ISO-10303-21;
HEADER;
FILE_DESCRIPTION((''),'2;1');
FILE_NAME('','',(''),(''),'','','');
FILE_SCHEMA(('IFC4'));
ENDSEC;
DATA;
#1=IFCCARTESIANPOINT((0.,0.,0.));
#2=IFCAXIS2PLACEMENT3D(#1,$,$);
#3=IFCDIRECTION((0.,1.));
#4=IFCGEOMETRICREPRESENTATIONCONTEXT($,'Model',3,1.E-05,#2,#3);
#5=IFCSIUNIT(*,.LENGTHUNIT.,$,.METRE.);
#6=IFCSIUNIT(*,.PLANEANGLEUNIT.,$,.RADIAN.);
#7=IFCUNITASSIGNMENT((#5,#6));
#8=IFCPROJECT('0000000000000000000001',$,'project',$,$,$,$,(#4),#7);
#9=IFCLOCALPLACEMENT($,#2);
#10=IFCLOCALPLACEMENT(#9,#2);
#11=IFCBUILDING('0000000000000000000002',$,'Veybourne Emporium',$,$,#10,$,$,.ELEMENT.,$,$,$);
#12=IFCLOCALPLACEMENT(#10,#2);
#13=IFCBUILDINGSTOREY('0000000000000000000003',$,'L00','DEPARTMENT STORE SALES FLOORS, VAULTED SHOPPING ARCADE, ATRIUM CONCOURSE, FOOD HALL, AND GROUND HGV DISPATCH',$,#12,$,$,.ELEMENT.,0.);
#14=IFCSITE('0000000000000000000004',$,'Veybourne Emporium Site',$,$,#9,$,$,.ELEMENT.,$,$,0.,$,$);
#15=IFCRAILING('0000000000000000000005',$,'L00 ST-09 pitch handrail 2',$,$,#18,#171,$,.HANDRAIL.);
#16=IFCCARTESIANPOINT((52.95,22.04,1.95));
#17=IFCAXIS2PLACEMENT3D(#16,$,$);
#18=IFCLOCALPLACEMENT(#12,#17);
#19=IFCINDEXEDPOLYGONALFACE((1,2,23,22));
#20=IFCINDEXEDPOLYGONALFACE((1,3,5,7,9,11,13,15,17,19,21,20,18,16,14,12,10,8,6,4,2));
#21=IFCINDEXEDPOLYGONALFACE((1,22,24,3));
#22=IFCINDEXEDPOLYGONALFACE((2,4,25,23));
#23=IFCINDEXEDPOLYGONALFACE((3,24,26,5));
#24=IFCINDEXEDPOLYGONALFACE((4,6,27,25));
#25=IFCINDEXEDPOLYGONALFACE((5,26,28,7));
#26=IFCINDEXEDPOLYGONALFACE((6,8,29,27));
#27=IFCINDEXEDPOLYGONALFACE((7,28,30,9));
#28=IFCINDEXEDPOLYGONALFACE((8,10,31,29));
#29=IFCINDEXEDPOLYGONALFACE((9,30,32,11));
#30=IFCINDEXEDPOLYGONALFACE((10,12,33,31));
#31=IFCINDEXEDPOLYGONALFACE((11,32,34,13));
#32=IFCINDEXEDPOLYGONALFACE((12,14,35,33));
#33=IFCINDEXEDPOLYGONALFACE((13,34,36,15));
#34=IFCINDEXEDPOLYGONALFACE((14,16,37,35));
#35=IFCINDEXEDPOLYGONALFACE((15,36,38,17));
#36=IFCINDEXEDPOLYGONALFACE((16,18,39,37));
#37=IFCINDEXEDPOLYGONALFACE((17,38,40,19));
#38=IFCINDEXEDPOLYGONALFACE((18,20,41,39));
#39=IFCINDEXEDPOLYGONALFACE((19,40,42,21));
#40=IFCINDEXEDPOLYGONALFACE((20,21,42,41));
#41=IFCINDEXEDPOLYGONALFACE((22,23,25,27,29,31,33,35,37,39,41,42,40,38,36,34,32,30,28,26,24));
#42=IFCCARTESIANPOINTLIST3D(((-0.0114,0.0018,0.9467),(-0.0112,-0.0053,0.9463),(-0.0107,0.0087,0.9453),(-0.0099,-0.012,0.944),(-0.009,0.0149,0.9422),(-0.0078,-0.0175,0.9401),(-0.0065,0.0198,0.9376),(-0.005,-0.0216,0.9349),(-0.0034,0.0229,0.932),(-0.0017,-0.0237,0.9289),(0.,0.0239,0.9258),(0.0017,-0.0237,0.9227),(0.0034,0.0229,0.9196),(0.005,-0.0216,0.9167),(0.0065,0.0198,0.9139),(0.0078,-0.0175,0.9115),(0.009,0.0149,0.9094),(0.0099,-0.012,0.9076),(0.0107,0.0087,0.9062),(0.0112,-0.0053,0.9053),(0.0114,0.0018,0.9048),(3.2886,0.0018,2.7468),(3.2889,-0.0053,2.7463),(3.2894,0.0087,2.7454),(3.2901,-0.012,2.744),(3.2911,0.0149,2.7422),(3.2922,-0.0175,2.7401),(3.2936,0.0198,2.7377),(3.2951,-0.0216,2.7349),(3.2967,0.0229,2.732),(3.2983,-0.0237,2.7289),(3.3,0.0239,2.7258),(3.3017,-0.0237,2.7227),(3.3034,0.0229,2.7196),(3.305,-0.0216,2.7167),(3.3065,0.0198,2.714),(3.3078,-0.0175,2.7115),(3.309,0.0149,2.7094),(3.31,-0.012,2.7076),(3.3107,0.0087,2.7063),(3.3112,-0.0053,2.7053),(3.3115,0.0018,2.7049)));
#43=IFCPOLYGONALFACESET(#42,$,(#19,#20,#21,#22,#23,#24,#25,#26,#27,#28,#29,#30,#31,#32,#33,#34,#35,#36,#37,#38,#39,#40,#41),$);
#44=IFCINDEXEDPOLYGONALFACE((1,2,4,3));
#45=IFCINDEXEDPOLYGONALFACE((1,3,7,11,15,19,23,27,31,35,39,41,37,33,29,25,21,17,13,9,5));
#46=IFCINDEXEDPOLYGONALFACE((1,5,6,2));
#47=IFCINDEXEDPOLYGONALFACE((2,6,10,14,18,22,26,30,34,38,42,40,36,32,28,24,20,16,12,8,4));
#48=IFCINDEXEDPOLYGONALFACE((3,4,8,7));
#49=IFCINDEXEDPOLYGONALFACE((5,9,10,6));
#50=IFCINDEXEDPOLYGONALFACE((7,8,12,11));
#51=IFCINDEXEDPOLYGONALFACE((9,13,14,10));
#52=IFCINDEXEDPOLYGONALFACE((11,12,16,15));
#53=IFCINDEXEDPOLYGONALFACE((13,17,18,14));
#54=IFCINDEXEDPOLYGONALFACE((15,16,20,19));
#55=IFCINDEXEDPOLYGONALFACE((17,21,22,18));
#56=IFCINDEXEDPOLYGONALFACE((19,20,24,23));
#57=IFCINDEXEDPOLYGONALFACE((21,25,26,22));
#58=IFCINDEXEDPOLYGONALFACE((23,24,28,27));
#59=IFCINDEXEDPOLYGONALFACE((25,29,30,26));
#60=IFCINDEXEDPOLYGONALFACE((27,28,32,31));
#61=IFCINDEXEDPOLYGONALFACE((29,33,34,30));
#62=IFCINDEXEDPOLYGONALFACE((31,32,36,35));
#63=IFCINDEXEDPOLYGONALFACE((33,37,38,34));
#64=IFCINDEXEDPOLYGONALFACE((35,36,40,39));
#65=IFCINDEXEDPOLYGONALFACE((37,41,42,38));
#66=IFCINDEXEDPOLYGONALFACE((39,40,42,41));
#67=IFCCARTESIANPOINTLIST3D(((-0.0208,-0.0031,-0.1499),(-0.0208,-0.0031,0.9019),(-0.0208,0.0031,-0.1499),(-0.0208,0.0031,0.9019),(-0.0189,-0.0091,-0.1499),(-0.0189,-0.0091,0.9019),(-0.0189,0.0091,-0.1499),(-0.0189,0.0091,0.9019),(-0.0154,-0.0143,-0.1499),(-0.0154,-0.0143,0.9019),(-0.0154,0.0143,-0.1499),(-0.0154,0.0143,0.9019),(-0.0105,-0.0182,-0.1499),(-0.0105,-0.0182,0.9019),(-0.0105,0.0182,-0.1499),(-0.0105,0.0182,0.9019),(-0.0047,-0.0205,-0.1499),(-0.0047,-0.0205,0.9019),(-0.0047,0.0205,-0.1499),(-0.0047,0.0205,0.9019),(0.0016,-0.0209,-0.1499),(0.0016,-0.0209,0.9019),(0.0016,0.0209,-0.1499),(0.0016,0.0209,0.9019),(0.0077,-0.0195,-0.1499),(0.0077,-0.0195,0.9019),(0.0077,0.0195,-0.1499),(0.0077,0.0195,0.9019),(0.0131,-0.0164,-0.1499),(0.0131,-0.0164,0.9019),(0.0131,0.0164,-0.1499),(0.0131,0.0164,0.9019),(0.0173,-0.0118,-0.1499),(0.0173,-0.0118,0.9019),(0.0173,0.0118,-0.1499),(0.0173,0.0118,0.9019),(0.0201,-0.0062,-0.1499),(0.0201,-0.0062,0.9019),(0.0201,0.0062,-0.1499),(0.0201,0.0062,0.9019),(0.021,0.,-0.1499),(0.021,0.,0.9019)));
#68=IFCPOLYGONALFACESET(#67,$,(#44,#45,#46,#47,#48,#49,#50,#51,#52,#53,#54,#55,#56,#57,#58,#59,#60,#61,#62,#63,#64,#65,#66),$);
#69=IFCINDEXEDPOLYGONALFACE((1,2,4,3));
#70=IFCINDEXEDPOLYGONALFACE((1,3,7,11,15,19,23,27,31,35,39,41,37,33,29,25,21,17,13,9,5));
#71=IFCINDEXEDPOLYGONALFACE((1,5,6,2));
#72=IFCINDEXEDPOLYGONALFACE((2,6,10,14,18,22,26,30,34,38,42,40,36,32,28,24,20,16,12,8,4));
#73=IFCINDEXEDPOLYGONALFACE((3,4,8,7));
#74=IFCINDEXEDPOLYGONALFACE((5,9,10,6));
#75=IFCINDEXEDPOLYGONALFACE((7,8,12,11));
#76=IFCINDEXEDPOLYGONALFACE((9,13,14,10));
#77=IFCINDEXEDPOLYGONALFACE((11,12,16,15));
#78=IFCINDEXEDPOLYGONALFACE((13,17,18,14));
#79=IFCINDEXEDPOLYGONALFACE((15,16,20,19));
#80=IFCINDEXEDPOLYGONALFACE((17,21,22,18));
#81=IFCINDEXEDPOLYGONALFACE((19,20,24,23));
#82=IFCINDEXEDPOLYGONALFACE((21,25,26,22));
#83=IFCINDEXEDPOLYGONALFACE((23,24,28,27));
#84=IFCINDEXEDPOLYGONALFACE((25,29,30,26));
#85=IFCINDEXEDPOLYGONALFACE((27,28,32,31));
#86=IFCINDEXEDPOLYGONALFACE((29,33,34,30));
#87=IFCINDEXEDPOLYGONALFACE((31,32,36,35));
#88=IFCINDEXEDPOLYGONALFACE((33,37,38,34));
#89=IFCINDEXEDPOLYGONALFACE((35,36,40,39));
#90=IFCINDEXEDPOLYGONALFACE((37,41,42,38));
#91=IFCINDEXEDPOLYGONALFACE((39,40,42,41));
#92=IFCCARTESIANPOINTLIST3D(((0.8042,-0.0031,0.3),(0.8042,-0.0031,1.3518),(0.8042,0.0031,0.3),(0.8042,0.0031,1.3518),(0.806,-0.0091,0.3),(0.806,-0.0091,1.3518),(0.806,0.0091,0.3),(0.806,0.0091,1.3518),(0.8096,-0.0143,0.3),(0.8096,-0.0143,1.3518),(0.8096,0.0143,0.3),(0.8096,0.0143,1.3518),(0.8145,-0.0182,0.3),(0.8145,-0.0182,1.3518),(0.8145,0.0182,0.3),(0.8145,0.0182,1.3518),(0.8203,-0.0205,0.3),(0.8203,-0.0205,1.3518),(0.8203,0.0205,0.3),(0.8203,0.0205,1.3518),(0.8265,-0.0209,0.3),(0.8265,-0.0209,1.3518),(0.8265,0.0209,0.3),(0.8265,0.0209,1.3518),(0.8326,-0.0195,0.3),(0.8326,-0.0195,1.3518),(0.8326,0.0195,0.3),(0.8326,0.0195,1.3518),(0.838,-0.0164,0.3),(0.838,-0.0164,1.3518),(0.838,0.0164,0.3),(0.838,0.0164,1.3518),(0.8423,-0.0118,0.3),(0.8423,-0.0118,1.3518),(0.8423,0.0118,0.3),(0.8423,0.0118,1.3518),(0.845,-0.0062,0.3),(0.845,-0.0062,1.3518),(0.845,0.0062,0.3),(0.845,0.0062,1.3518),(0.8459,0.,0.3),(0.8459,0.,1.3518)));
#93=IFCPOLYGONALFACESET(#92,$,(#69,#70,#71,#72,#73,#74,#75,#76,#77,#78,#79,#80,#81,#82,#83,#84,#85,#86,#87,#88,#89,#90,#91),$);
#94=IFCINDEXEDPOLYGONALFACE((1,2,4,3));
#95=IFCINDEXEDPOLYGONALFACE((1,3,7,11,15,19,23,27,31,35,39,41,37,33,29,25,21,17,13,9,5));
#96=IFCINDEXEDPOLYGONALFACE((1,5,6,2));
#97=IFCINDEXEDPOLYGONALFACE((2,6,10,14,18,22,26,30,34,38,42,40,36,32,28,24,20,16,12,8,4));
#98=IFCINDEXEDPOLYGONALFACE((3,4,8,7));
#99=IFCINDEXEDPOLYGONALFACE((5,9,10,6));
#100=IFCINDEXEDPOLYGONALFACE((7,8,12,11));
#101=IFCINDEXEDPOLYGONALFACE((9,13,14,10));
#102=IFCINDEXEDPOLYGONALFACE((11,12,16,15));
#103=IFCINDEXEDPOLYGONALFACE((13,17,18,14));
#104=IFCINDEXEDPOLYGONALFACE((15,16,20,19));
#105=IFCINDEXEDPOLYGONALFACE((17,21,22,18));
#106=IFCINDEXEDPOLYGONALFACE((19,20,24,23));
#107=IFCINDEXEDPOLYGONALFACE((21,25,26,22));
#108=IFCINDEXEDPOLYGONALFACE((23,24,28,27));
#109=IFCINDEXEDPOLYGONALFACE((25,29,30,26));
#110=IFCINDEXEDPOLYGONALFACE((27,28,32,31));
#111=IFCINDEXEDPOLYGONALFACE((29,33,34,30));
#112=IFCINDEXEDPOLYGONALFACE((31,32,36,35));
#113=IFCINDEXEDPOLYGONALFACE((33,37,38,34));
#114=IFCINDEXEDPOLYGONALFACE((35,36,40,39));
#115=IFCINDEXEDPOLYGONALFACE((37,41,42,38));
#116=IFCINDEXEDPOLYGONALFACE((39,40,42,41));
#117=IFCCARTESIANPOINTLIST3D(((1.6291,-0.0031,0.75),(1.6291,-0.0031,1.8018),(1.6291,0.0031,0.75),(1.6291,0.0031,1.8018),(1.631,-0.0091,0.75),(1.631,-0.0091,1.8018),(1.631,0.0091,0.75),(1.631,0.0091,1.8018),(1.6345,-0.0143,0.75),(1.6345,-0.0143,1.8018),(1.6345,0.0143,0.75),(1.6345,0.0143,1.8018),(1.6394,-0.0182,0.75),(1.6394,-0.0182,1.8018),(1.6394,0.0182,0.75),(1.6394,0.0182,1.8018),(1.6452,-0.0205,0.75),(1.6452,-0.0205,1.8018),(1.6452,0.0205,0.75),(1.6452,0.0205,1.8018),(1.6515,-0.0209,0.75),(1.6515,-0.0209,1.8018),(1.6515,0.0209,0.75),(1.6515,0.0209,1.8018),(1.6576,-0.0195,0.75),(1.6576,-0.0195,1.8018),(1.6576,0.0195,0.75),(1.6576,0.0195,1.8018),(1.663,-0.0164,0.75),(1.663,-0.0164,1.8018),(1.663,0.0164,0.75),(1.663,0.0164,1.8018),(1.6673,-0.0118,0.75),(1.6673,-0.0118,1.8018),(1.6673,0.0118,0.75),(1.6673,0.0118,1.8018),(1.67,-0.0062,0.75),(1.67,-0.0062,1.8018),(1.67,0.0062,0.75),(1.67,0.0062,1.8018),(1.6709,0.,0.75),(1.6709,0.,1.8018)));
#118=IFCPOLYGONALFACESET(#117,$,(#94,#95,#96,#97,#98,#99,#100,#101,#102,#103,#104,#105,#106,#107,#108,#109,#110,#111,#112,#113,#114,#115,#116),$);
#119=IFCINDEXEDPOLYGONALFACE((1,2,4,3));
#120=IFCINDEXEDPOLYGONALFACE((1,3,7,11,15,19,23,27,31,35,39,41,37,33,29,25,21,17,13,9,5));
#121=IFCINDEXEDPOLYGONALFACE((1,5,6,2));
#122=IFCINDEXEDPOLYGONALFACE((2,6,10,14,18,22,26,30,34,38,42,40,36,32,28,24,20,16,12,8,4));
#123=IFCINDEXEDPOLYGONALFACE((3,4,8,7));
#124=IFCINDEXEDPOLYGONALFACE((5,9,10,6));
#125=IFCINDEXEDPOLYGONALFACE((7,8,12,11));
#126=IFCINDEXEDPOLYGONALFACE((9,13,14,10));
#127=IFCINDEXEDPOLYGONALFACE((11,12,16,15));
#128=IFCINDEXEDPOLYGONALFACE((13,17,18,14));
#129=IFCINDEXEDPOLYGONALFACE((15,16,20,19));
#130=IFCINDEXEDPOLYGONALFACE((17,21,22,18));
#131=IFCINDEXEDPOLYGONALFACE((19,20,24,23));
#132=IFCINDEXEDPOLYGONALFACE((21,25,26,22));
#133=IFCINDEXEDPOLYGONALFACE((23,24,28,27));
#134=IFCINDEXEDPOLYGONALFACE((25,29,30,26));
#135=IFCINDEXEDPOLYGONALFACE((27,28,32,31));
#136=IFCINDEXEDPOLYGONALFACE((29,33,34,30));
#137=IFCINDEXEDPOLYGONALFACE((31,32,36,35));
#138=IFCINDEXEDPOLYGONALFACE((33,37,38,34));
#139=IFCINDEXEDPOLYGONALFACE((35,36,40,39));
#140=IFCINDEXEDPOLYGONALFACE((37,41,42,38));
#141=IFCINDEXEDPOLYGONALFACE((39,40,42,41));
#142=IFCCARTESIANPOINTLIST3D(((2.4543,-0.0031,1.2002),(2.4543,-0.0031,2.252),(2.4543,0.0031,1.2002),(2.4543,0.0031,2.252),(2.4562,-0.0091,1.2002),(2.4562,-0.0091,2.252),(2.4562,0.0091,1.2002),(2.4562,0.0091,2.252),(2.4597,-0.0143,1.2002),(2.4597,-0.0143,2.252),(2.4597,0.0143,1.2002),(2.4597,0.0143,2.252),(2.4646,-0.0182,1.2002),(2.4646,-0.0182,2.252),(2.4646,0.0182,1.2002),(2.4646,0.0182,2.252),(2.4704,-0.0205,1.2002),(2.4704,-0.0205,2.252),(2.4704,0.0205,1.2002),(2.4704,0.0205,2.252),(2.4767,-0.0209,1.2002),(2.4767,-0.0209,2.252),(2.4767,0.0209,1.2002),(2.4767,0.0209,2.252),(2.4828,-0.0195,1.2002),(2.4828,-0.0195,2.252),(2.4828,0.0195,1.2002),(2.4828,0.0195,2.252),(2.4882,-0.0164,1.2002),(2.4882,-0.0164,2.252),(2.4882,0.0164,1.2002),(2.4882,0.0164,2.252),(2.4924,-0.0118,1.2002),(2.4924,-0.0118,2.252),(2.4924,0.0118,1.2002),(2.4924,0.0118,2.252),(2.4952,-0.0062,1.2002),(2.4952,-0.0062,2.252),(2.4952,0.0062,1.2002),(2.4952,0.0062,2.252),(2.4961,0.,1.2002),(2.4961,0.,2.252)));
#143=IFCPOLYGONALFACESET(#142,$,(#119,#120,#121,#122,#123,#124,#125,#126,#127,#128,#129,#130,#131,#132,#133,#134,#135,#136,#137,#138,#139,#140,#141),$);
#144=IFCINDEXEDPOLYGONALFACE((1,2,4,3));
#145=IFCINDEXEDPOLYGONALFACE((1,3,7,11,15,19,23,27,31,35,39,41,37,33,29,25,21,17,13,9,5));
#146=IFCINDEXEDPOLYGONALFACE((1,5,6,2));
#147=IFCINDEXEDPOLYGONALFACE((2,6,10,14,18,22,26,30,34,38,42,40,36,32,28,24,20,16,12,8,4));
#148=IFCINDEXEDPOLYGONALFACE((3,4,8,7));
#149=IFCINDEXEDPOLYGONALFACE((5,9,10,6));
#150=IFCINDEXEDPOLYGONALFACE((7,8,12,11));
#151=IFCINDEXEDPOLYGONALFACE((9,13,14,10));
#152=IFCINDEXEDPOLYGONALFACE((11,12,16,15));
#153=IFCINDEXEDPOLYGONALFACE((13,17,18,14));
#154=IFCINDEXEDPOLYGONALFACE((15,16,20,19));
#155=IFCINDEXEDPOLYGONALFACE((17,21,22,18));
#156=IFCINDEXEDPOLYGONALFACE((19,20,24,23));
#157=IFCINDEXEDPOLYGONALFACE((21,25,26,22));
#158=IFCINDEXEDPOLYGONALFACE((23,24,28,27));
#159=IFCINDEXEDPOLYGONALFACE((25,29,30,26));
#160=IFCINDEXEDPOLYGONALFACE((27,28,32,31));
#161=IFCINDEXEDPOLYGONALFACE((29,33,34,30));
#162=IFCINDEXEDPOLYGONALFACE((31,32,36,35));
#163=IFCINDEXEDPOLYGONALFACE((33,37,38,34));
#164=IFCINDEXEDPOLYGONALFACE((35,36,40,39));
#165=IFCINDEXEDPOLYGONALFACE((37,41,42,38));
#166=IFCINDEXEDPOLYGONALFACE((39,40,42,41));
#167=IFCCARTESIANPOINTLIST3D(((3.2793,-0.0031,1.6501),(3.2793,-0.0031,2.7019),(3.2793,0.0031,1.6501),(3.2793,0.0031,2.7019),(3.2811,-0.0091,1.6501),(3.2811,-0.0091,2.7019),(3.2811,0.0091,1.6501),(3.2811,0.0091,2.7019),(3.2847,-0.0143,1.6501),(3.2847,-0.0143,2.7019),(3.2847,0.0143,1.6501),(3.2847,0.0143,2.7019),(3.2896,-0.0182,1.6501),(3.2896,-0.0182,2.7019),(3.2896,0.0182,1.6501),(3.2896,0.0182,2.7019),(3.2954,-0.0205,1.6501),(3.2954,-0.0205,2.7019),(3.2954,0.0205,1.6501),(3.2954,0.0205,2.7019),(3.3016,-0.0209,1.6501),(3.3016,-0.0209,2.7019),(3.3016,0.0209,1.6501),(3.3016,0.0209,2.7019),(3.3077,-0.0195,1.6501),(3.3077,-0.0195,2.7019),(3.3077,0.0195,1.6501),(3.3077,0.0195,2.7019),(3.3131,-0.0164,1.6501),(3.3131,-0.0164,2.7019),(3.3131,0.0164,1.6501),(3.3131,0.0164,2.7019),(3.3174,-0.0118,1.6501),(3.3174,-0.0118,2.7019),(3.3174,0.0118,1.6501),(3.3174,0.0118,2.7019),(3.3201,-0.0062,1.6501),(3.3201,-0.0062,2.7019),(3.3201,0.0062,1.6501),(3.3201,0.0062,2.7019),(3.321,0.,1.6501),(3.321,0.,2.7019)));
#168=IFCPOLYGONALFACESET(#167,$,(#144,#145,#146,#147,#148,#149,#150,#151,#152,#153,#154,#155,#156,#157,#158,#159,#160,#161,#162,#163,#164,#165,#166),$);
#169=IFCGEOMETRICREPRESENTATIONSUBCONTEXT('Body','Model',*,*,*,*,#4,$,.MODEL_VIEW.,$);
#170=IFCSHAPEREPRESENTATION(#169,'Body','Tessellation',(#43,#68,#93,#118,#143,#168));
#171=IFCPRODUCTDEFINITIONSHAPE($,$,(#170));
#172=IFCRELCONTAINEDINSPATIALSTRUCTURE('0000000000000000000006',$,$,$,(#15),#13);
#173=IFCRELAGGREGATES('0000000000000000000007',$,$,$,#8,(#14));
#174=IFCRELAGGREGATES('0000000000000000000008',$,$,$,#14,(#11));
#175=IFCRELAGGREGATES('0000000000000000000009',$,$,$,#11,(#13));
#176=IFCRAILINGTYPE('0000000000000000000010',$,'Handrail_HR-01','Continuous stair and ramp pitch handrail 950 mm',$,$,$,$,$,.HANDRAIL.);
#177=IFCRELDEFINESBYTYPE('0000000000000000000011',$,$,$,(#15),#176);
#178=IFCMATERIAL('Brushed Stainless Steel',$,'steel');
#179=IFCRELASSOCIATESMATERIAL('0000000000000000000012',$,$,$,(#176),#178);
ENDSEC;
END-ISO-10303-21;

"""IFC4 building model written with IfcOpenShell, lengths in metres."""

from ifc_helpers import new_model, si_unit, direction, frame, origin, origin_2d, place, context, subcontext, project, spatial, circle, extrude, material, type_object, element, save


model = new_model("IFC4")

# Units and contexts
model_context = context("Model", 3, precision=1e-05, world=origin(), true_north=direction((0.0, 1.0)))
body_context = subcontext(model_context, "Body", "Model", "MODEL_VIEW")
ifc_project = project(units=[si_unit("LENGTHUNIT", "METRE"), si_unit("PLANEANGLEUNIT", "RADIAN")], contexts=[model_context])

# Site, building, storey
site_placement = place(None, origin())
site = spatial("IfcSite", under=ifc_project, at=site_placement, Name="Veybourne Emporium Site", CompositionType="ELEMENT", RefElevation=0.0)
building_placement = place(site_placement, origin())
building = spatial("IfcBuilding", under=site, at=building_placement, Name="Veybourne Emporium", CompositionType="ELEMENT")
storey_placement = place(building_placement, origin())
storey = spatial("IfcBuildingStorey", under=building, at=storey_placement, Name="L00", Description="DEPARTMENT STORE SALES FLOORS, VAULTED SHOPPING ARCADE, ATRIUM CONCOURSE, FOOD HALL, AND GROUND HGV DISPATCH", CompositionType="ELEMENT", Elevation=0.0)

# Railing
ifc_material_1 = material(Name="Brushed Stainless Steel", Category="steel")
railing_type = type_object("IfcRailingType", Name="Handrail_HR-01", Description="Continuous stair and ramp pitch handrail 950 mm", PredefinedType="HANDRAIL", material=ifc_material_1)
railing_placement = place(storey_placement, frame((52.95, 22.04, 1.95)))
element("IfcRailing", 1, at=railing_placement, inside=storey, type_object=railing_type, Name="L00 ST-09 pitch handrail 2", PredefinedType="HANDRAIL", context=body_context, shape_type="SweptSolid", body=[
    extrude(circle(Radius=0.0239, at=origin_2d()), frame((0.0, 0.0, 0.9258), z_axis=(0.877893, 0.0, 0.478857), x_axis=(0.0, 1.0, 0.0)), (0.0, 0.0, 1.0), 3.759),
    extrude(circle(Radius=0.021, at=origin_2d()), frame((0.0, 0.0, -0.1499)), (0.0, 0.0, 1.0), 1.0518),
    extrude(circle(Radius=0.021, at=origin_2d()), frame((0.825, 0.0, 0.3)), (0.0, 0.0, 1.0), 1.0518),
    extrude(circle(Radius=0.021, at=origin_2d()), frame((1.6499, 0.0, 0.75)), (0.0, 0.0, 1.0), 1.0518),
    extrude(circle(Radius=0.021, at=origin_2d()), frame((2.4751, 0.0, 1.2002)), (0.0, 0.0, 1.0), 1.0518),
    extrude(circle(Radius=0.021, at=origin_2d()), frame((3.3, 0.0, 1.6501)), (0.0, 0.0, 1.0), 1.0518),
])

save(model, "model.ifc")
